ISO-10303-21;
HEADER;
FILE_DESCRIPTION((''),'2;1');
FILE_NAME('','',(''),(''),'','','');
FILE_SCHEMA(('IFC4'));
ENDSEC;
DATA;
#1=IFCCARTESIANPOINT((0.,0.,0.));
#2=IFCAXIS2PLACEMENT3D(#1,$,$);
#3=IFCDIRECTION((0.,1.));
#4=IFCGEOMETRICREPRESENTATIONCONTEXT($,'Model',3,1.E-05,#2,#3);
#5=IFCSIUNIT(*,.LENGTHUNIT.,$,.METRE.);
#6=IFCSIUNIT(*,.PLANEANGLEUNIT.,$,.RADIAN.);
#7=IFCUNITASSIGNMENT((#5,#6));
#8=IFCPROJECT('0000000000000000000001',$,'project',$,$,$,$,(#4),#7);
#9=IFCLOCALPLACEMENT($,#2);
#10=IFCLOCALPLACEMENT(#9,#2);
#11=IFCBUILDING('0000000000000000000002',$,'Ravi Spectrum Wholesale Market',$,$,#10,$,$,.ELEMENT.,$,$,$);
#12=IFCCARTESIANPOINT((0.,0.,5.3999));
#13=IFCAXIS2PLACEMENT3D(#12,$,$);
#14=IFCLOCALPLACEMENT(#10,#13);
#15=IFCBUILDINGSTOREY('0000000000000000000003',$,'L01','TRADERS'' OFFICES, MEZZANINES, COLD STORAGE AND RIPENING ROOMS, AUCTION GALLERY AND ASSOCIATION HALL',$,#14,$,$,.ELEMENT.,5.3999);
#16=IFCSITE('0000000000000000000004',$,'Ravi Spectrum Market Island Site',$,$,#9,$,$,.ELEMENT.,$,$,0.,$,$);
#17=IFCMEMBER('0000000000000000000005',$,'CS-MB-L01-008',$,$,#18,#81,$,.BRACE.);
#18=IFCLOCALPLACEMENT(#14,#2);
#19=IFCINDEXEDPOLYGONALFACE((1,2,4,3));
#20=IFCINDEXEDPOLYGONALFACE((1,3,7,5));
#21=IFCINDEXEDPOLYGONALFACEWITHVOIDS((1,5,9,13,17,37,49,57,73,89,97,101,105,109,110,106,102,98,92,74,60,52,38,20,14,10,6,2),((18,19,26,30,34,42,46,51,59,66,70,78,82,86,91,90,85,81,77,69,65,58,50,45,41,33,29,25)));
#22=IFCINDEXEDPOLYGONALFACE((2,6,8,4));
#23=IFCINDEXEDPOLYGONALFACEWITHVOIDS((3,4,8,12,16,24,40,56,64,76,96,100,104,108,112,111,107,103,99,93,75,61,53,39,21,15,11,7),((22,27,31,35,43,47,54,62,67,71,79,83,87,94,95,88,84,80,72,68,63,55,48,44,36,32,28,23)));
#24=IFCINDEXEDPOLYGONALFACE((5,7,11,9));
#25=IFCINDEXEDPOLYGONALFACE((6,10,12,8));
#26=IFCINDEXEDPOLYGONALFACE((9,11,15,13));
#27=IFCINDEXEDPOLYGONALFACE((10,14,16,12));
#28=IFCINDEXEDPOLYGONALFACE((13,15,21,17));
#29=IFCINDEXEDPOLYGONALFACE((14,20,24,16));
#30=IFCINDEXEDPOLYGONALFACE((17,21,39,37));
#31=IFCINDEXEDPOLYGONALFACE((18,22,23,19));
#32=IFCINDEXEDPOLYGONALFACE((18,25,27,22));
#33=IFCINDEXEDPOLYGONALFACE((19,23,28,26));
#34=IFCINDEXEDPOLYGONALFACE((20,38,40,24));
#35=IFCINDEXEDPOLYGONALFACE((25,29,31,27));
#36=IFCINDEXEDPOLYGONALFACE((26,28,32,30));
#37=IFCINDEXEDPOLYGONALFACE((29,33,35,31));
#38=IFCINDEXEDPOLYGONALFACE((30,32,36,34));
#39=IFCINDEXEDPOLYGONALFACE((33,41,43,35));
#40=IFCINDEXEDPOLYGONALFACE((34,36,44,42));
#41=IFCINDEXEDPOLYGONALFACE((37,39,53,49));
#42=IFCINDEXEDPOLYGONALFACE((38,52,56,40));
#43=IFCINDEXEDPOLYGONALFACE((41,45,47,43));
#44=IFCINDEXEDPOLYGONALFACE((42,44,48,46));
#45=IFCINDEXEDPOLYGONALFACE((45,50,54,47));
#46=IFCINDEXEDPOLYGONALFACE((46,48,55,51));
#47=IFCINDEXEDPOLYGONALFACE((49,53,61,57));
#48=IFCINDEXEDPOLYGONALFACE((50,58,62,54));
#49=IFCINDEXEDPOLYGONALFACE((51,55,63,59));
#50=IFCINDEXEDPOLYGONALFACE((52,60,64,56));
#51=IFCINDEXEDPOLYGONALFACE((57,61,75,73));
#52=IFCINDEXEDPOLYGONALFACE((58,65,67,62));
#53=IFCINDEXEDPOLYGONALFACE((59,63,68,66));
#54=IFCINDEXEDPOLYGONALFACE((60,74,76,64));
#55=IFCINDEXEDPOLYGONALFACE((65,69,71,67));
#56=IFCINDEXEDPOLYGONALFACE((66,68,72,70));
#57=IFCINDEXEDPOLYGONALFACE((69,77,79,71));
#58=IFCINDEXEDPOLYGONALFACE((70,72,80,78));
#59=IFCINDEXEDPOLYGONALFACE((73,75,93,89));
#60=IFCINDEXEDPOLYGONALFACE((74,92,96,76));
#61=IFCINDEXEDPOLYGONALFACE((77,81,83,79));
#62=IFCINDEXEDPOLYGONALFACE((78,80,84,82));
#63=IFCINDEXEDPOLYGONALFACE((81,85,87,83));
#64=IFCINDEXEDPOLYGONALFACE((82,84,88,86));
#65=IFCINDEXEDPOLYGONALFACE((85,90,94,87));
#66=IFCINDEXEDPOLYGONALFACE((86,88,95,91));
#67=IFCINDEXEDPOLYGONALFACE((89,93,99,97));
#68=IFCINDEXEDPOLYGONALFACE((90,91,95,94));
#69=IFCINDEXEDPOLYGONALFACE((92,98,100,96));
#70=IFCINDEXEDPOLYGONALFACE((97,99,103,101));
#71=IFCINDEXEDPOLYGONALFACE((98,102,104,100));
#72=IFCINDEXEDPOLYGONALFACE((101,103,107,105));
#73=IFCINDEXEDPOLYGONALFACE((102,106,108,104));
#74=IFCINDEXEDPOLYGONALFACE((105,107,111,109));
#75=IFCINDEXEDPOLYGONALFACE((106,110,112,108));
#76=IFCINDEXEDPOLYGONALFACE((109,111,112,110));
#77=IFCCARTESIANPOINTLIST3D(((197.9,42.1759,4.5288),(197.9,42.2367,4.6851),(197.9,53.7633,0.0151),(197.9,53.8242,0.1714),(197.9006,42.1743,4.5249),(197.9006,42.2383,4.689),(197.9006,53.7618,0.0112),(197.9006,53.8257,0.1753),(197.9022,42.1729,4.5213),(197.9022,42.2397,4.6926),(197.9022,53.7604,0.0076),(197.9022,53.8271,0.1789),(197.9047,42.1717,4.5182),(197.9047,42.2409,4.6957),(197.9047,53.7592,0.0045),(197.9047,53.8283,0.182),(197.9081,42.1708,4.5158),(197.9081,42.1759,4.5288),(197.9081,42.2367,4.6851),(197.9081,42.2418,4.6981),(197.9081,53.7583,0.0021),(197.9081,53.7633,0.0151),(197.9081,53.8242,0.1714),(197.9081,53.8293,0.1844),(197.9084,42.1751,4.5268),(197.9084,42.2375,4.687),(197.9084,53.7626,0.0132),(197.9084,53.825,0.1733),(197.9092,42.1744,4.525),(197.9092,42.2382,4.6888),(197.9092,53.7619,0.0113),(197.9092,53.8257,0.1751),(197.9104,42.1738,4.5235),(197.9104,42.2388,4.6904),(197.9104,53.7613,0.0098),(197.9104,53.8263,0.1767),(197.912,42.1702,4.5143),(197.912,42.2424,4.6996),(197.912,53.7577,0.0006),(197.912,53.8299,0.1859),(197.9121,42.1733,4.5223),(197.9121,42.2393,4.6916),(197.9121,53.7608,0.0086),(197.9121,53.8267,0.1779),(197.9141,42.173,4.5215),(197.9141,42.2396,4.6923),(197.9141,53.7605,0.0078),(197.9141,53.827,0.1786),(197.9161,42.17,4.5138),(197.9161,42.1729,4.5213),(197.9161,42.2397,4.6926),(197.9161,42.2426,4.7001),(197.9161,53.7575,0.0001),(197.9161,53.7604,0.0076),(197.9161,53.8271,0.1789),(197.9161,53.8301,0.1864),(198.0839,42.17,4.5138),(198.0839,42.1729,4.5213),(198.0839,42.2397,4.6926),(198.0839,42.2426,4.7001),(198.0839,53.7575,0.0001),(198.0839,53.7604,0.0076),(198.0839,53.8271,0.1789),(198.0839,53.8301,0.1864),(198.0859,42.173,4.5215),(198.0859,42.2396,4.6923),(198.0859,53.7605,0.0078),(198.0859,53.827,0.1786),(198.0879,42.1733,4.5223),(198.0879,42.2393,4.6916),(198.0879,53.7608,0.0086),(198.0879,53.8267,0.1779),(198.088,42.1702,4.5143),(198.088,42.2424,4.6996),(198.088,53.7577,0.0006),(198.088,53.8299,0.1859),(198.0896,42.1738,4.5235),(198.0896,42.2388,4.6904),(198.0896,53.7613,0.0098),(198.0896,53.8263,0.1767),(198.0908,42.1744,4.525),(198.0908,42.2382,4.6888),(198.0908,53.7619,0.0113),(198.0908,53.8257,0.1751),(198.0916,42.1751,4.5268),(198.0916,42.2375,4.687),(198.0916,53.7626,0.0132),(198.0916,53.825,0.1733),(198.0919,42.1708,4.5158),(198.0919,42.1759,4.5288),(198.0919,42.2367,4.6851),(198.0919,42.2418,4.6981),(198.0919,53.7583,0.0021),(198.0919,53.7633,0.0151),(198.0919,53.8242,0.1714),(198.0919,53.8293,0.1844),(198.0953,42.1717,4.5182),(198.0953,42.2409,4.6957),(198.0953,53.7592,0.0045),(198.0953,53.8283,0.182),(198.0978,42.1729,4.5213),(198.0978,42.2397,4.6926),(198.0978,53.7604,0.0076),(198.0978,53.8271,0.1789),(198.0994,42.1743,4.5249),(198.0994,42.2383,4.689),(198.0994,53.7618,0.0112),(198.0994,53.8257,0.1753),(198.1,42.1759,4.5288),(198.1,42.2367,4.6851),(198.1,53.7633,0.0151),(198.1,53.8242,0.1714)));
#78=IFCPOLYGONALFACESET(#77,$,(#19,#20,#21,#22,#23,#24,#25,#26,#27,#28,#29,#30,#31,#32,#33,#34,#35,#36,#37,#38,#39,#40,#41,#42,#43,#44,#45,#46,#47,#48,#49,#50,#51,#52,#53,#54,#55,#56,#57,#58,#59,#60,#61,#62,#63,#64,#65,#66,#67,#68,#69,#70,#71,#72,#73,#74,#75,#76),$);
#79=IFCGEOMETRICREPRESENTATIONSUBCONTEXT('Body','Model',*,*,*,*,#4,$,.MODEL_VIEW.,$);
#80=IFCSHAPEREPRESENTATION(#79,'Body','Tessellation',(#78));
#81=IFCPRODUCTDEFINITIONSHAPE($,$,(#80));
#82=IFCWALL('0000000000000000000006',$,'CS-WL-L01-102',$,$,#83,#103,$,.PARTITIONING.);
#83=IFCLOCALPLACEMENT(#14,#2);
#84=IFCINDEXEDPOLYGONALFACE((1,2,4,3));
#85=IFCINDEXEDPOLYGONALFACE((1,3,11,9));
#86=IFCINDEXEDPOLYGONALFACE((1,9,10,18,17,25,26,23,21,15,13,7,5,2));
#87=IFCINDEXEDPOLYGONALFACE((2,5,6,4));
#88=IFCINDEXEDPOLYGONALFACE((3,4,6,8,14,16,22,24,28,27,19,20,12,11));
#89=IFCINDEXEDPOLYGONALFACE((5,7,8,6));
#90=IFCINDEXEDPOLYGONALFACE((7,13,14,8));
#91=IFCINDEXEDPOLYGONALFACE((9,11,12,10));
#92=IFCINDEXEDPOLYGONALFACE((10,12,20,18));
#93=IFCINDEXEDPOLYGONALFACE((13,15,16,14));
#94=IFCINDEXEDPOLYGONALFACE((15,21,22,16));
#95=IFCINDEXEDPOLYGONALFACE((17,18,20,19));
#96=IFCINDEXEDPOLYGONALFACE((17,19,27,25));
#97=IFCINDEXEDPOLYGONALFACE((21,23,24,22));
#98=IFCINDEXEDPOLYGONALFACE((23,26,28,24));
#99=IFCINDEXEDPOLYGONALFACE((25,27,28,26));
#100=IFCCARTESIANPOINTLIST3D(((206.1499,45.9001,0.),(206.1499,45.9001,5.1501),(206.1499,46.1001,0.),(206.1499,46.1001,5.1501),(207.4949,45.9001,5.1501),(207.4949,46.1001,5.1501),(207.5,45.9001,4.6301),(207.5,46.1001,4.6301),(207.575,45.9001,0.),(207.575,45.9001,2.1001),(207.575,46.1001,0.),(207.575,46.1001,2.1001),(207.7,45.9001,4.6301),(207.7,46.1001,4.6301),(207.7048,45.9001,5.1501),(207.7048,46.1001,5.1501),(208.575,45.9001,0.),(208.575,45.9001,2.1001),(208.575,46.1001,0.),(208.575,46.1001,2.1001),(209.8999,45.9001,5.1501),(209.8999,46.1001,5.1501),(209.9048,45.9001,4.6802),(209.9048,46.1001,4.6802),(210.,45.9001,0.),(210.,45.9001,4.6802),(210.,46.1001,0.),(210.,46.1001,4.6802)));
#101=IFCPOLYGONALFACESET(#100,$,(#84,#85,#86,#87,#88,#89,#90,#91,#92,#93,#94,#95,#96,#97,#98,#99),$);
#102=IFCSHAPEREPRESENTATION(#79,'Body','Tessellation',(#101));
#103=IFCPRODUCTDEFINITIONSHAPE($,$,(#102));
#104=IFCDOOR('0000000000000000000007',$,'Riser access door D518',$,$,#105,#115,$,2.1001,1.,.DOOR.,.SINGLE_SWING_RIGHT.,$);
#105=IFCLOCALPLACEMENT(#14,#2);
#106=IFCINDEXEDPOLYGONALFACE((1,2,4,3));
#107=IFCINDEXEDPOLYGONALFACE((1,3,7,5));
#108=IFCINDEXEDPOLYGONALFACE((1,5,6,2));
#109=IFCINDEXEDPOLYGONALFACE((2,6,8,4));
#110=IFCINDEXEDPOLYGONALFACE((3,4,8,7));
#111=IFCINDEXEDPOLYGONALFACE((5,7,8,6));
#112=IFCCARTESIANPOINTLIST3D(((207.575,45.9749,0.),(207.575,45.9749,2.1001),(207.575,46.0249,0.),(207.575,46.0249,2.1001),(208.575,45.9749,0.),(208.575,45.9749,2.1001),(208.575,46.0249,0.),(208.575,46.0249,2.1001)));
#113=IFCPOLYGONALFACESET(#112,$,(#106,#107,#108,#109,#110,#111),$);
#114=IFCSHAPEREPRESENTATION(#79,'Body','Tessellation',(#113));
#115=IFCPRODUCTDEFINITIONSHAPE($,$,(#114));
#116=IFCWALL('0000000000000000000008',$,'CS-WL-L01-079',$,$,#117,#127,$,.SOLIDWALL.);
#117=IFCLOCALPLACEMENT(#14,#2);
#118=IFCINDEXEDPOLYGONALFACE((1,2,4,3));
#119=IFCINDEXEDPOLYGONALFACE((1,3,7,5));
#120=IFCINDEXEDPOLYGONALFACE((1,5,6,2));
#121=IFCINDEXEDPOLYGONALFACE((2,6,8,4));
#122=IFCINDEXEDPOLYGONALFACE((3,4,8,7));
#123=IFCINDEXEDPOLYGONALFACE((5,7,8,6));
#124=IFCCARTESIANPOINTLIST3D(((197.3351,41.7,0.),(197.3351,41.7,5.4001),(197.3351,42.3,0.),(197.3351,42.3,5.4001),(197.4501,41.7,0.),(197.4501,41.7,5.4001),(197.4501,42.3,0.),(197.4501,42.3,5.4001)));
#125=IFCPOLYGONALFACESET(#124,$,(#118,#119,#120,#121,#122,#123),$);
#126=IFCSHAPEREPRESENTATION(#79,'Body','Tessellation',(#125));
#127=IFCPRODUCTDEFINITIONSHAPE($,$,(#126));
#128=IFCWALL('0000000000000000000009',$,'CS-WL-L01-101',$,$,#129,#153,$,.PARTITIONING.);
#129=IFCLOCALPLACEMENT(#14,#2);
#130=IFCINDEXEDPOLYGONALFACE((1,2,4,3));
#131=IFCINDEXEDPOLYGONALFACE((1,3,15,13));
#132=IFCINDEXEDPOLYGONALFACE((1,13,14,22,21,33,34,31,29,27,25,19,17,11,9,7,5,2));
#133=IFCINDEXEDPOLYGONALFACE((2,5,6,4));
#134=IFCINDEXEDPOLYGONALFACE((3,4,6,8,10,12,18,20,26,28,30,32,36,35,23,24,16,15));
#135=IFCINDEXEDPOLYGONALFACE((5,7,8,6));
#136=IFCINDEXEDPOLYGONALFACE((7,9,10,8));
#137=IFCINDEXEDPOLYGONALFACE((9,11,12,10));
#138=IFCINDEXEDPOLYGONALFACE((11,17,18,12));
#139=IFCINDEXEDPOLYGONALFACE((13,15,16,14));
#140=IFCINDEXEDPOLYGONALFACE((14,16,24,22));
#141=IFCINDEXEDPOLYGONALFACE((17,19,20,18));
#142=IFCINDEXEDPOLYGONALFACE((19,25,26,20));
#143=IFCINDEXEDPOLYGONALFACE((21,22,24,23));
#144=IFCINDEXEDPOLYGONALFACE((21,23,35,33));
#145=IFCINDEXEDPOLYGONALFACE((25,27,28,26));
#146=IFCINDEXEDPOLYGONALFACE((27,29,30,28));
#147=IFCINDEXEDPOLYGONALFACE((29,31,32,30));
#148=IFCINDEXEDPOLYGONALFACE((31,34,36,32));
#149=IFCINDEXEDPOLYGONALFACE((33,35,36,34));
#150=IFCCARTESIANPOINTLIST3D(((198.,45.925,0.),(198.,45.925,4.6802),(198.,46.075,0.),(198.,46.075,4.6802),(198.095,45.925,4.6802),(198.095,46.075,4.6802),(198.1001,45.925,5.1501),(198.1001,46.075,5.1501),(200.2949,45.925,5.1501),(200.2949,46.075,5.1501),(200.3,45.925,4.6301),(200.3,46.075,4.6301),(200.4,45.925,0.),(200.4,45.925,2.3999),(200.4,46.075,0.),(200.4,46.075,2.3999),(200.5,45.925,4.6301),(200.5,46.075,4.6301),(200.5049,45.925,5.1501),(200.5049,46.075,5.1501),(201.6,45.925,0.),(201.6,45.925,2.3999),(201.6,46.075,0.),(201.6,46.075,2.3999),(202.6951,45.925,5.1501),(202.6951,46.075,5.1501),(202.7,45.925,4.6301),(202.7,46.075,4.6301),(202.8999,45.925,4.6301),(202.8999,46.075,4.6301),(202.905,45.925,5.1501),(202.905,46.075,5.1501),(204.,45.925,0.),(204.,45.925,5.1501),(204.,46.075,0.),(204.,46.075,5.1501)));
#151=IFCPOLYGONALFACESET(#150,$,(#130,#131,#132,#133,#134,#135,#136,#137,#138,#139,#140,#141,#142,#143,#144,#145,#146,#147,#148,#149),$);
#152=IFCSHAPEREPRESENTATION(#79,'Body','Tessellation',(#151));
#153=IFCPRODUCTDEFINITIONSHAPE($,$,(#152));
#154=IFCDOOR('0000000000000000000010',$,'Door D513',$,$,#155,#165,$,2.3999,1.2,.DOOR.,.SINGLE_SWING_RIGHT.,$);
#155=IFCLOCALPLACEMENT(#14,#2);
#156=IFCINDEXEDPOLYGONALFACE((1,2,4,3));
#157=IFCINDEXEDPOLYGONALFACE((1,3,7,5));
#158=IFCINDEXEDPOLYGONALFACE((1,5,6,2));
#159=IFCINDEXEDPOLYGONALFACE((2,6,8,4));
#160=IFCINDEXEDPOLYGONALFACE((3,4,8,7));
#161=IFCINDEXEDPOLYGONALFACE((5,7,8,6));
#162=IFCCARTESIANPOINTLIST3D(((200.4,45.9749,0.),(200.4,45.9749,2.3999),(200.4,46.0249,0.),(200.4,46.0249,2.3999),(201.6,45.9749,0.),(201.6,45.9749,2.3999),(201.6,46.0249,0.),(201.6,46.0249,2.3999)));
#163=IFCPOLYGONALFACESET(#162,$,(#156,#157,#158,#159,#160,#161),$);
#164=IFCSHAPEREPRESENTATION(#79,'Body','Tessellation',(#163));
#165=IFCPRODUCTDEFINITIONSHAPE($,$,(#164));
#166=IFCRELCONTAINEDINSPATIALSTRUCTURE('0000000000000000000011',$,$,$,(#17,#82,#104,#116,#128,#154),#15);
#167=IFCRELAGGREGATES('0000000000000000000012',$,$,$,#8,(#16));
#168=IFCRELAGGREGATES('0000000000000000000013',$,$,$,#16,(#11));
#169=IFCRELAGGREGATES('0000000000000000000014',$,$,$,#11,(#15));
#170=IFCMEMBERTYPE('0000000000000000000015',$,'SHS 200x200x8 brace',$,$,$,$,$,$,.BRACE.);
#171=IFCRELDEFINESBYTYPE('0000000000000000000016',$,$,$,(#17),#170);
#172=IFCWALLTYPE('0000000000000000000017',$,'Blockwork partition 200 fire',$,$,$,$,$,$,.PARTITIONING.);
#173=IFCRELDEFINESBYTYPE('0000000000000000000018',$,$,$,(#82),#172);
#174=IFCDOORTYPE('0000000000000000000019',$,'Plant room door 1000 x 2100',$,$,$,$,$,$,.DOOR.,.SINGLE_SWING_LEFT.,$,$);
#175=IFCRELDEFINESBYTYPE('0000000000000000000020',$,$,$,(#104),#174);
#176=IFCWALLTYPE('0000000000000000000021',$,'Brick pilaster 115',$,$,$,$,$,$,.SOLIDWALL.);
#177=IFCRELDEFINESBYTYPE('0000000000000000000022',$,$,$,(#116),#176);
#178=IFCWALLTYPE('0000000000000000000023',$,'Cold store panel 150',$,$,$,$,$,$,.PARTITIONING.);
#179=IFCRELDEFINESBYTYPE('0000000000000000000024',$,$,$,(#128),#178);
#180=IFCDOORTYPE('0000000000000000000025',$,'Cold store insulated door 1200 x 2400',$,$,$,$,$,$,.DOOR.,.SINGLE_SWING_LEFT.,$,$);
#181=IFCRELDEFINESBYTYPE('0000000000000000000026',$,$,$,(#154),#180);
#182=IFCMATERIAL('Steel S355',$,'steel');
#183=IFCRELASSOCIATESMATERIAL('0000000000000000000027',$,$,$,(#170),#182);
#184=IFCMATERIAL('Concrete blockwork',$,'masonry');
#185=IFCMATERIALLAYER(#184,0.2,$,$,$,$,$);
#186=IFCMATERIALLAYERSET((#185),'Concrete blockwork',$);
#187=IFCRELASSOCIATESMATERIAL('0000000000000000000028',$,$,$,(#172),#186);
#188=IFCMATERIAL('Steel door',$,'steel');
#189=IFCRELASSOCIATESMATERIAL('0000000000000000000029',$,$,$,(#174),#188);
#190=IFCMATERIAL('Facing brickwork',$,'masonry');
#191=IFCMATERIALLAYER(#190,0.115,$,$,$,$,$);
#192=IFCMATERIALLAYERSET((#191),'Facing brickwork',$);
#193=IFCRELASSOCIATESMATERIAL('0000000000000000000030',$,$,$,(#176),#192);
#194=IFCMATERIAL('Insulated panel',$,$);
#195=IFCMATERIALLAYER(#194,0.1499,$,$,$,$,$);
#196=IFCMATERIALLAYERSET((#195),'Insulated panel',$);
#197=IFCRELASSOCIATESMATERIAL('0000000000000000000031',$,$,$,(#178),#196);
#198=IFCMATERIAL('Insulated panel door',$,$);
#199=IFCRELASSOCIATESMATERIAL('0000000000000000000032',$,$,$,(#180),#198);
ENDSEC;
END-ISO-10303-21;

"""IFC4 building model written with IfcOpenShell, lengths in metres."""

from ifc_helpers import new_model, si_unit, direction, frame, frame_2d, origin, origin_2d, place, context, subcontext, project, spatial, polyline, rectangle, hollow_rectangle, outline, extrude, material, layer, layer_set, material_profile, profile_set, type_object, element, fill, save


model = new_model("IFC4")

# Units and contexts
model_context = context("Model", 3, precision=1e-05, world=origin(), true_north=direction((0.0, 1.0)))
body_context = subcontext(model_context, "Body", "Model", "MODEL_VIEW")
ifc_project = project(units=[si_unit("LENGTHUNIT", "METRE"), si_unit("PLANEANGLEUNIT", "RADIAN")], contexts=[model_context])

# Site, building, storey
site_placement = place(None, origin())
site = spatial("IfcSite", under=ifc_project, at=site_placement, Name="Ravi Spectrum Market Island Site", CompositionType="ELEMENT", RefElevation=0.0)
building_placement = place(site_placement, origin())
building = spatial("IfcBuilding", under=site, at=building_placement, Name="Ravi Spectrum Wholesale Market", CompositionType="ELEMENT")
storey_placement = place(building_placement, frame((0.0, 0.0, 5.3999)))
storey = spatial("IfcBuildingStorey", under=building, at=storey_placement, Name="L01", Description="TRADERS' OFFICES, MEZZANINES, COLD STORAGE AND RIPENING ROOMS, AUCTION GALLERY AND ASSOCIATION HALL", CompositionType="ELEMENT", Elevation=5.3999)

# Member
ifc_material_1 = material(Name="Steel S355", Category="steel")
ifc_material_profile_1 = material_profile(ifc_material_1, hollow_rectangle(XDim=0.2, YDim=0.2, WallThickness=0.0081, InnerFilletRadius=0.0081, OuterFilletRadius=0.0161, at=origin_2d()))
ifc_profile_set_1 = profile_set([ifc_material_profile_1], Name="Steel S355")
member_type = type_object("IfcMemberType", Name="SHS 200x200x8 brace", PredefinedType="BRACE", material=ifc_profile_set_1)
member_placement = place(storey_placement, frame((198.0, 42.2063, 4.6069), z_axis=(0.0, 0.931802, -0.362967), x_axis=(-1.0, 0.0, 0.0)))
element("IfcMember", 1, at=member_placement, inside=storey, type_object=member_type, Name="CS-MB-L01-008", PredefinedType="BRACE", context=body_context, shape_type="SweptSolid", body=[
    extrude(hollow_rectangle(XDim=0.2, YDim=0.2, WallThickness=0.0081, InnerFilletRadius=0.0081, OuterFilletRadius=0.0161, at=origin_2d()), origin(), (0.0, 0.0, 1.0), 12.4355),
])

# Wall, opening, door
ifc_material_2 = material(Name="Concrete blockwork", Category="masonry")
ifc_layer_1 = layer(ifc_material_2, 0.2)
ifc_layer_set_1 = layer_set([ifc_layer_1], Name="Concrete blockwork")
wall_type_1 = type_object("IfcWallType", Name="Blockwork partition 200 fire", PredefinedType="PARTITIONING", material=ifc_layer_set_1)
wall_1_placement = place(storey_placement, frame((206.1499, 46.0, 0.0), z_axis=(0.0, 0.0, 1.0), x_axis=(1.0, 0.0, 0.0)))
wall_1 = element("IfcWall", 2, at=wall_1_placement, inside=storey, type_object=wall_type_1, Name="CS-WL-L01-102", PredefinedType="PARTITIONING", context=body_context, shape_type="SweptSolid", body=[
    extrude(outline(polyline([(0.0, 0.0), (3.8501, 0.0), (3.8501, 4.6802), (3.7549, 4.6802), (3.75, 5.1501), (1.5549, 5.1501), (1.55, 4.6301), (1.3501, 4.6301), (1.345, 5.1501), (0.0, 5.1501), (0.0, 0.0)])), frame((0.0, 0.1001, 0.0), z_axis=(0.0, -1.0, 0.0), x_axis=(1.0, 0.0, 0.0)), (0.0, 0.0, 1.0), 0.2),
])
opening_1_placement = place(wall_1_placement, frame((1.425, 0.0, 0.0)))
opening_1 = element("IfcOpeningElement", 3, at=opening_1_placement, cuts=wall_1, PredefinedType="OPENING", context=body_context, shape_type="SweptSolid", body=[
    extrude(rectangle(XDim=1.0, YDim=2.1001, at=frame_2d((0.5, 1.05))), frame((0.0, 0.1099, 0.0), z_axis=(0.0, -1.0, 0.0), x_axis=(1.0, 0.0, 0.0)), (0.0, 0.0, 1.0), 0.22),
])
ifc_material_3 = material(Name="Steel door", Category="steel")
door_type_1 = type_object("IfcDoorType", Name="Plant room door 1000 x 2100", OperationType="SINGLE_SWING_LEFT", PredefinedType="DOOR", material=ifc_material_3)
door_1_placement = place(opening_1_placement, origin())
door_1 = element("IfcDoor", 4, at=door_1_placement, inside=storey, type_object=door_type_1, Name="Riser access door D518", OperationType="SINGLE_SWING_RIGHT", OverallHeight=2.1001, OverallWidth=1.0, PredefinedType="DOOR", context=body_context, shape_type="SweptSolid", body=[
    extrude(rectangle(XDim=1.0, YDim=2.1001, at=frame_2d((0.5, 1.05))), frame((0.0, 0.0249, 0.0), z_axis=(0.0, -1.0, 0.0), x_axis=(1.0, 0.0, 0.0)), (0.0, 0.0, 1.0), 0.05),
])
fill(opening_1, door_1)

# Wall
ifc_material_4 = material(Name="Facing brickwork", Category="masonry")
ifc_layer_2 = layer(ifc_material_4, 0.115)
ifc_layer_set_2 = layer_set([ifc_layer_2], Name="Facing brickwork")
wall_type_2 = type_object("IfcWallType", Name="Brick pilaster 115", PredefinedType="SOLIDWALL", material=ifc_layer_set_2)
wall_2_placement = place(storey_placement, frame((197.3926, 42.3, 0.0), z_axis=(0.0, 0.0, 1.0), x_axis=(0.0, -1.0, 0.0)))
element("IfcWall", 5, at=wall_2_placement, inside=storey, type_object=wall_type_2, Name="CS-WL-L01-079", PredefinedType="SOLIDWALL", context=body_context, shape_type="SweptSolid", body=[
    extrude(rectangle(XDim=0.6001, YDim=0.115, at=frame_2d((0.3, 0.0))), origin(), (0.0, 0.0, 1.0), 5.4001),
])

# Wall, opening, door
ifc_material_5 = material(Name="Insulated panel")
ifc_layer_3 = layer(ifc_material_5, 0.1499)
ifc_layer_set_3 = layer_set([ifc_layer_3], Name="Insulated panel")
wall_type_3 = type_object("IfcWallType", Name="Cold store panel 150", PredefinedType="PARTITIONING", material=ifc_layer_set_3)
wall_3_placement = place(storey_placement, frame((198.0, 46.0, 0.0), z_axis=(0.0, 0.0, 1.0), x_axis=(1.0, 0.0, 0.0)))
wall_3 = element("IfcWall", 6, at=wall_3_placement, inside=storey, type_object=wall_type_3, Name="CS-WL-L01-101", PredefinedType="PARTITIONING", context=body_context, shape_type="SweptSolid", body=[
    extrude(outline(polyline([(0.0, 0.0), (6.0, 0.0), (6.0, 5.1501), (4.905, 5.1501), (4.8999, 4.6301), (4.7, 4.6301), (4.6951, 5.1501), (2.5049, 5.1501), (2.5, 4.6301), (2.3, 4.6301), (2.2949, 5.1501), (0.1001, 5.1501), (0.095, 4.6802), (0.0, 4.6802), (0.0, 0.0)])), frame((0.0, 0.075, 0.0), z_axis=(0.0, -1.0, 0.0), x_axis=(1.0, 0.0, 0.0)), (0.0, 0.0, 1.0), 0.1499),
])
opening_2_placement = place(wall_3_placement, frame((2.3999, 0.0, 0.0)))
opening_2 = element("IfcOpeningElement", 7, at=opening_2_placement, cuts=wall_3, PredefinedType="OPENING", context=body_context, shape_type="SweptSolid", body=[
    extrude(rectangle(XDim=1.2, YDim=2.3999, at=frame_2d((0.6001, 1.2))), frame((0.0, 0.085, 0.0), z_axis=(0.0, -1.0, 0.0), x_axis=(1.0, 0.0, 0.0)), (0.0, 0.0, 1.0), 0.1699),
])
ifc_material_6 = material(Name="Insulated panel door")
door_type_2 = type_object("IfcDoorType", Name="Cold store insulated door 1200 x 2400", OperationType="SINGLE_SWING_LEFT", PredefinedType="DOOR", material=ifc_material_6)
door_2_placement = place(opening_2_placement, origin())
door_2 = element("IfcDoor", 8, at=door_2_placement, inside=storey, type_object=door_type_2, Name="Door D513", OperationType="SINGLE_SWING_RIGHT", OverallHeight=2.3999, OverallWidth=1.2, PredefinedType="DOOR", context=body_context, shape_type="SweptSolid", body=[
    extrude(rectangle(XDim=1.2, YDim=2.3999, at=frame_2d((0.6001, 1.2))), frame((0.0, 0.0249, 0.0), z_axis=(0.0, -1.0, 0.0), x_axis=(1.0, 0.0, 0.0)), (0.0, 0.0, 1.0), 0.05),
])
fill(opening_2, door_2)

save(model, "model.ifc")
